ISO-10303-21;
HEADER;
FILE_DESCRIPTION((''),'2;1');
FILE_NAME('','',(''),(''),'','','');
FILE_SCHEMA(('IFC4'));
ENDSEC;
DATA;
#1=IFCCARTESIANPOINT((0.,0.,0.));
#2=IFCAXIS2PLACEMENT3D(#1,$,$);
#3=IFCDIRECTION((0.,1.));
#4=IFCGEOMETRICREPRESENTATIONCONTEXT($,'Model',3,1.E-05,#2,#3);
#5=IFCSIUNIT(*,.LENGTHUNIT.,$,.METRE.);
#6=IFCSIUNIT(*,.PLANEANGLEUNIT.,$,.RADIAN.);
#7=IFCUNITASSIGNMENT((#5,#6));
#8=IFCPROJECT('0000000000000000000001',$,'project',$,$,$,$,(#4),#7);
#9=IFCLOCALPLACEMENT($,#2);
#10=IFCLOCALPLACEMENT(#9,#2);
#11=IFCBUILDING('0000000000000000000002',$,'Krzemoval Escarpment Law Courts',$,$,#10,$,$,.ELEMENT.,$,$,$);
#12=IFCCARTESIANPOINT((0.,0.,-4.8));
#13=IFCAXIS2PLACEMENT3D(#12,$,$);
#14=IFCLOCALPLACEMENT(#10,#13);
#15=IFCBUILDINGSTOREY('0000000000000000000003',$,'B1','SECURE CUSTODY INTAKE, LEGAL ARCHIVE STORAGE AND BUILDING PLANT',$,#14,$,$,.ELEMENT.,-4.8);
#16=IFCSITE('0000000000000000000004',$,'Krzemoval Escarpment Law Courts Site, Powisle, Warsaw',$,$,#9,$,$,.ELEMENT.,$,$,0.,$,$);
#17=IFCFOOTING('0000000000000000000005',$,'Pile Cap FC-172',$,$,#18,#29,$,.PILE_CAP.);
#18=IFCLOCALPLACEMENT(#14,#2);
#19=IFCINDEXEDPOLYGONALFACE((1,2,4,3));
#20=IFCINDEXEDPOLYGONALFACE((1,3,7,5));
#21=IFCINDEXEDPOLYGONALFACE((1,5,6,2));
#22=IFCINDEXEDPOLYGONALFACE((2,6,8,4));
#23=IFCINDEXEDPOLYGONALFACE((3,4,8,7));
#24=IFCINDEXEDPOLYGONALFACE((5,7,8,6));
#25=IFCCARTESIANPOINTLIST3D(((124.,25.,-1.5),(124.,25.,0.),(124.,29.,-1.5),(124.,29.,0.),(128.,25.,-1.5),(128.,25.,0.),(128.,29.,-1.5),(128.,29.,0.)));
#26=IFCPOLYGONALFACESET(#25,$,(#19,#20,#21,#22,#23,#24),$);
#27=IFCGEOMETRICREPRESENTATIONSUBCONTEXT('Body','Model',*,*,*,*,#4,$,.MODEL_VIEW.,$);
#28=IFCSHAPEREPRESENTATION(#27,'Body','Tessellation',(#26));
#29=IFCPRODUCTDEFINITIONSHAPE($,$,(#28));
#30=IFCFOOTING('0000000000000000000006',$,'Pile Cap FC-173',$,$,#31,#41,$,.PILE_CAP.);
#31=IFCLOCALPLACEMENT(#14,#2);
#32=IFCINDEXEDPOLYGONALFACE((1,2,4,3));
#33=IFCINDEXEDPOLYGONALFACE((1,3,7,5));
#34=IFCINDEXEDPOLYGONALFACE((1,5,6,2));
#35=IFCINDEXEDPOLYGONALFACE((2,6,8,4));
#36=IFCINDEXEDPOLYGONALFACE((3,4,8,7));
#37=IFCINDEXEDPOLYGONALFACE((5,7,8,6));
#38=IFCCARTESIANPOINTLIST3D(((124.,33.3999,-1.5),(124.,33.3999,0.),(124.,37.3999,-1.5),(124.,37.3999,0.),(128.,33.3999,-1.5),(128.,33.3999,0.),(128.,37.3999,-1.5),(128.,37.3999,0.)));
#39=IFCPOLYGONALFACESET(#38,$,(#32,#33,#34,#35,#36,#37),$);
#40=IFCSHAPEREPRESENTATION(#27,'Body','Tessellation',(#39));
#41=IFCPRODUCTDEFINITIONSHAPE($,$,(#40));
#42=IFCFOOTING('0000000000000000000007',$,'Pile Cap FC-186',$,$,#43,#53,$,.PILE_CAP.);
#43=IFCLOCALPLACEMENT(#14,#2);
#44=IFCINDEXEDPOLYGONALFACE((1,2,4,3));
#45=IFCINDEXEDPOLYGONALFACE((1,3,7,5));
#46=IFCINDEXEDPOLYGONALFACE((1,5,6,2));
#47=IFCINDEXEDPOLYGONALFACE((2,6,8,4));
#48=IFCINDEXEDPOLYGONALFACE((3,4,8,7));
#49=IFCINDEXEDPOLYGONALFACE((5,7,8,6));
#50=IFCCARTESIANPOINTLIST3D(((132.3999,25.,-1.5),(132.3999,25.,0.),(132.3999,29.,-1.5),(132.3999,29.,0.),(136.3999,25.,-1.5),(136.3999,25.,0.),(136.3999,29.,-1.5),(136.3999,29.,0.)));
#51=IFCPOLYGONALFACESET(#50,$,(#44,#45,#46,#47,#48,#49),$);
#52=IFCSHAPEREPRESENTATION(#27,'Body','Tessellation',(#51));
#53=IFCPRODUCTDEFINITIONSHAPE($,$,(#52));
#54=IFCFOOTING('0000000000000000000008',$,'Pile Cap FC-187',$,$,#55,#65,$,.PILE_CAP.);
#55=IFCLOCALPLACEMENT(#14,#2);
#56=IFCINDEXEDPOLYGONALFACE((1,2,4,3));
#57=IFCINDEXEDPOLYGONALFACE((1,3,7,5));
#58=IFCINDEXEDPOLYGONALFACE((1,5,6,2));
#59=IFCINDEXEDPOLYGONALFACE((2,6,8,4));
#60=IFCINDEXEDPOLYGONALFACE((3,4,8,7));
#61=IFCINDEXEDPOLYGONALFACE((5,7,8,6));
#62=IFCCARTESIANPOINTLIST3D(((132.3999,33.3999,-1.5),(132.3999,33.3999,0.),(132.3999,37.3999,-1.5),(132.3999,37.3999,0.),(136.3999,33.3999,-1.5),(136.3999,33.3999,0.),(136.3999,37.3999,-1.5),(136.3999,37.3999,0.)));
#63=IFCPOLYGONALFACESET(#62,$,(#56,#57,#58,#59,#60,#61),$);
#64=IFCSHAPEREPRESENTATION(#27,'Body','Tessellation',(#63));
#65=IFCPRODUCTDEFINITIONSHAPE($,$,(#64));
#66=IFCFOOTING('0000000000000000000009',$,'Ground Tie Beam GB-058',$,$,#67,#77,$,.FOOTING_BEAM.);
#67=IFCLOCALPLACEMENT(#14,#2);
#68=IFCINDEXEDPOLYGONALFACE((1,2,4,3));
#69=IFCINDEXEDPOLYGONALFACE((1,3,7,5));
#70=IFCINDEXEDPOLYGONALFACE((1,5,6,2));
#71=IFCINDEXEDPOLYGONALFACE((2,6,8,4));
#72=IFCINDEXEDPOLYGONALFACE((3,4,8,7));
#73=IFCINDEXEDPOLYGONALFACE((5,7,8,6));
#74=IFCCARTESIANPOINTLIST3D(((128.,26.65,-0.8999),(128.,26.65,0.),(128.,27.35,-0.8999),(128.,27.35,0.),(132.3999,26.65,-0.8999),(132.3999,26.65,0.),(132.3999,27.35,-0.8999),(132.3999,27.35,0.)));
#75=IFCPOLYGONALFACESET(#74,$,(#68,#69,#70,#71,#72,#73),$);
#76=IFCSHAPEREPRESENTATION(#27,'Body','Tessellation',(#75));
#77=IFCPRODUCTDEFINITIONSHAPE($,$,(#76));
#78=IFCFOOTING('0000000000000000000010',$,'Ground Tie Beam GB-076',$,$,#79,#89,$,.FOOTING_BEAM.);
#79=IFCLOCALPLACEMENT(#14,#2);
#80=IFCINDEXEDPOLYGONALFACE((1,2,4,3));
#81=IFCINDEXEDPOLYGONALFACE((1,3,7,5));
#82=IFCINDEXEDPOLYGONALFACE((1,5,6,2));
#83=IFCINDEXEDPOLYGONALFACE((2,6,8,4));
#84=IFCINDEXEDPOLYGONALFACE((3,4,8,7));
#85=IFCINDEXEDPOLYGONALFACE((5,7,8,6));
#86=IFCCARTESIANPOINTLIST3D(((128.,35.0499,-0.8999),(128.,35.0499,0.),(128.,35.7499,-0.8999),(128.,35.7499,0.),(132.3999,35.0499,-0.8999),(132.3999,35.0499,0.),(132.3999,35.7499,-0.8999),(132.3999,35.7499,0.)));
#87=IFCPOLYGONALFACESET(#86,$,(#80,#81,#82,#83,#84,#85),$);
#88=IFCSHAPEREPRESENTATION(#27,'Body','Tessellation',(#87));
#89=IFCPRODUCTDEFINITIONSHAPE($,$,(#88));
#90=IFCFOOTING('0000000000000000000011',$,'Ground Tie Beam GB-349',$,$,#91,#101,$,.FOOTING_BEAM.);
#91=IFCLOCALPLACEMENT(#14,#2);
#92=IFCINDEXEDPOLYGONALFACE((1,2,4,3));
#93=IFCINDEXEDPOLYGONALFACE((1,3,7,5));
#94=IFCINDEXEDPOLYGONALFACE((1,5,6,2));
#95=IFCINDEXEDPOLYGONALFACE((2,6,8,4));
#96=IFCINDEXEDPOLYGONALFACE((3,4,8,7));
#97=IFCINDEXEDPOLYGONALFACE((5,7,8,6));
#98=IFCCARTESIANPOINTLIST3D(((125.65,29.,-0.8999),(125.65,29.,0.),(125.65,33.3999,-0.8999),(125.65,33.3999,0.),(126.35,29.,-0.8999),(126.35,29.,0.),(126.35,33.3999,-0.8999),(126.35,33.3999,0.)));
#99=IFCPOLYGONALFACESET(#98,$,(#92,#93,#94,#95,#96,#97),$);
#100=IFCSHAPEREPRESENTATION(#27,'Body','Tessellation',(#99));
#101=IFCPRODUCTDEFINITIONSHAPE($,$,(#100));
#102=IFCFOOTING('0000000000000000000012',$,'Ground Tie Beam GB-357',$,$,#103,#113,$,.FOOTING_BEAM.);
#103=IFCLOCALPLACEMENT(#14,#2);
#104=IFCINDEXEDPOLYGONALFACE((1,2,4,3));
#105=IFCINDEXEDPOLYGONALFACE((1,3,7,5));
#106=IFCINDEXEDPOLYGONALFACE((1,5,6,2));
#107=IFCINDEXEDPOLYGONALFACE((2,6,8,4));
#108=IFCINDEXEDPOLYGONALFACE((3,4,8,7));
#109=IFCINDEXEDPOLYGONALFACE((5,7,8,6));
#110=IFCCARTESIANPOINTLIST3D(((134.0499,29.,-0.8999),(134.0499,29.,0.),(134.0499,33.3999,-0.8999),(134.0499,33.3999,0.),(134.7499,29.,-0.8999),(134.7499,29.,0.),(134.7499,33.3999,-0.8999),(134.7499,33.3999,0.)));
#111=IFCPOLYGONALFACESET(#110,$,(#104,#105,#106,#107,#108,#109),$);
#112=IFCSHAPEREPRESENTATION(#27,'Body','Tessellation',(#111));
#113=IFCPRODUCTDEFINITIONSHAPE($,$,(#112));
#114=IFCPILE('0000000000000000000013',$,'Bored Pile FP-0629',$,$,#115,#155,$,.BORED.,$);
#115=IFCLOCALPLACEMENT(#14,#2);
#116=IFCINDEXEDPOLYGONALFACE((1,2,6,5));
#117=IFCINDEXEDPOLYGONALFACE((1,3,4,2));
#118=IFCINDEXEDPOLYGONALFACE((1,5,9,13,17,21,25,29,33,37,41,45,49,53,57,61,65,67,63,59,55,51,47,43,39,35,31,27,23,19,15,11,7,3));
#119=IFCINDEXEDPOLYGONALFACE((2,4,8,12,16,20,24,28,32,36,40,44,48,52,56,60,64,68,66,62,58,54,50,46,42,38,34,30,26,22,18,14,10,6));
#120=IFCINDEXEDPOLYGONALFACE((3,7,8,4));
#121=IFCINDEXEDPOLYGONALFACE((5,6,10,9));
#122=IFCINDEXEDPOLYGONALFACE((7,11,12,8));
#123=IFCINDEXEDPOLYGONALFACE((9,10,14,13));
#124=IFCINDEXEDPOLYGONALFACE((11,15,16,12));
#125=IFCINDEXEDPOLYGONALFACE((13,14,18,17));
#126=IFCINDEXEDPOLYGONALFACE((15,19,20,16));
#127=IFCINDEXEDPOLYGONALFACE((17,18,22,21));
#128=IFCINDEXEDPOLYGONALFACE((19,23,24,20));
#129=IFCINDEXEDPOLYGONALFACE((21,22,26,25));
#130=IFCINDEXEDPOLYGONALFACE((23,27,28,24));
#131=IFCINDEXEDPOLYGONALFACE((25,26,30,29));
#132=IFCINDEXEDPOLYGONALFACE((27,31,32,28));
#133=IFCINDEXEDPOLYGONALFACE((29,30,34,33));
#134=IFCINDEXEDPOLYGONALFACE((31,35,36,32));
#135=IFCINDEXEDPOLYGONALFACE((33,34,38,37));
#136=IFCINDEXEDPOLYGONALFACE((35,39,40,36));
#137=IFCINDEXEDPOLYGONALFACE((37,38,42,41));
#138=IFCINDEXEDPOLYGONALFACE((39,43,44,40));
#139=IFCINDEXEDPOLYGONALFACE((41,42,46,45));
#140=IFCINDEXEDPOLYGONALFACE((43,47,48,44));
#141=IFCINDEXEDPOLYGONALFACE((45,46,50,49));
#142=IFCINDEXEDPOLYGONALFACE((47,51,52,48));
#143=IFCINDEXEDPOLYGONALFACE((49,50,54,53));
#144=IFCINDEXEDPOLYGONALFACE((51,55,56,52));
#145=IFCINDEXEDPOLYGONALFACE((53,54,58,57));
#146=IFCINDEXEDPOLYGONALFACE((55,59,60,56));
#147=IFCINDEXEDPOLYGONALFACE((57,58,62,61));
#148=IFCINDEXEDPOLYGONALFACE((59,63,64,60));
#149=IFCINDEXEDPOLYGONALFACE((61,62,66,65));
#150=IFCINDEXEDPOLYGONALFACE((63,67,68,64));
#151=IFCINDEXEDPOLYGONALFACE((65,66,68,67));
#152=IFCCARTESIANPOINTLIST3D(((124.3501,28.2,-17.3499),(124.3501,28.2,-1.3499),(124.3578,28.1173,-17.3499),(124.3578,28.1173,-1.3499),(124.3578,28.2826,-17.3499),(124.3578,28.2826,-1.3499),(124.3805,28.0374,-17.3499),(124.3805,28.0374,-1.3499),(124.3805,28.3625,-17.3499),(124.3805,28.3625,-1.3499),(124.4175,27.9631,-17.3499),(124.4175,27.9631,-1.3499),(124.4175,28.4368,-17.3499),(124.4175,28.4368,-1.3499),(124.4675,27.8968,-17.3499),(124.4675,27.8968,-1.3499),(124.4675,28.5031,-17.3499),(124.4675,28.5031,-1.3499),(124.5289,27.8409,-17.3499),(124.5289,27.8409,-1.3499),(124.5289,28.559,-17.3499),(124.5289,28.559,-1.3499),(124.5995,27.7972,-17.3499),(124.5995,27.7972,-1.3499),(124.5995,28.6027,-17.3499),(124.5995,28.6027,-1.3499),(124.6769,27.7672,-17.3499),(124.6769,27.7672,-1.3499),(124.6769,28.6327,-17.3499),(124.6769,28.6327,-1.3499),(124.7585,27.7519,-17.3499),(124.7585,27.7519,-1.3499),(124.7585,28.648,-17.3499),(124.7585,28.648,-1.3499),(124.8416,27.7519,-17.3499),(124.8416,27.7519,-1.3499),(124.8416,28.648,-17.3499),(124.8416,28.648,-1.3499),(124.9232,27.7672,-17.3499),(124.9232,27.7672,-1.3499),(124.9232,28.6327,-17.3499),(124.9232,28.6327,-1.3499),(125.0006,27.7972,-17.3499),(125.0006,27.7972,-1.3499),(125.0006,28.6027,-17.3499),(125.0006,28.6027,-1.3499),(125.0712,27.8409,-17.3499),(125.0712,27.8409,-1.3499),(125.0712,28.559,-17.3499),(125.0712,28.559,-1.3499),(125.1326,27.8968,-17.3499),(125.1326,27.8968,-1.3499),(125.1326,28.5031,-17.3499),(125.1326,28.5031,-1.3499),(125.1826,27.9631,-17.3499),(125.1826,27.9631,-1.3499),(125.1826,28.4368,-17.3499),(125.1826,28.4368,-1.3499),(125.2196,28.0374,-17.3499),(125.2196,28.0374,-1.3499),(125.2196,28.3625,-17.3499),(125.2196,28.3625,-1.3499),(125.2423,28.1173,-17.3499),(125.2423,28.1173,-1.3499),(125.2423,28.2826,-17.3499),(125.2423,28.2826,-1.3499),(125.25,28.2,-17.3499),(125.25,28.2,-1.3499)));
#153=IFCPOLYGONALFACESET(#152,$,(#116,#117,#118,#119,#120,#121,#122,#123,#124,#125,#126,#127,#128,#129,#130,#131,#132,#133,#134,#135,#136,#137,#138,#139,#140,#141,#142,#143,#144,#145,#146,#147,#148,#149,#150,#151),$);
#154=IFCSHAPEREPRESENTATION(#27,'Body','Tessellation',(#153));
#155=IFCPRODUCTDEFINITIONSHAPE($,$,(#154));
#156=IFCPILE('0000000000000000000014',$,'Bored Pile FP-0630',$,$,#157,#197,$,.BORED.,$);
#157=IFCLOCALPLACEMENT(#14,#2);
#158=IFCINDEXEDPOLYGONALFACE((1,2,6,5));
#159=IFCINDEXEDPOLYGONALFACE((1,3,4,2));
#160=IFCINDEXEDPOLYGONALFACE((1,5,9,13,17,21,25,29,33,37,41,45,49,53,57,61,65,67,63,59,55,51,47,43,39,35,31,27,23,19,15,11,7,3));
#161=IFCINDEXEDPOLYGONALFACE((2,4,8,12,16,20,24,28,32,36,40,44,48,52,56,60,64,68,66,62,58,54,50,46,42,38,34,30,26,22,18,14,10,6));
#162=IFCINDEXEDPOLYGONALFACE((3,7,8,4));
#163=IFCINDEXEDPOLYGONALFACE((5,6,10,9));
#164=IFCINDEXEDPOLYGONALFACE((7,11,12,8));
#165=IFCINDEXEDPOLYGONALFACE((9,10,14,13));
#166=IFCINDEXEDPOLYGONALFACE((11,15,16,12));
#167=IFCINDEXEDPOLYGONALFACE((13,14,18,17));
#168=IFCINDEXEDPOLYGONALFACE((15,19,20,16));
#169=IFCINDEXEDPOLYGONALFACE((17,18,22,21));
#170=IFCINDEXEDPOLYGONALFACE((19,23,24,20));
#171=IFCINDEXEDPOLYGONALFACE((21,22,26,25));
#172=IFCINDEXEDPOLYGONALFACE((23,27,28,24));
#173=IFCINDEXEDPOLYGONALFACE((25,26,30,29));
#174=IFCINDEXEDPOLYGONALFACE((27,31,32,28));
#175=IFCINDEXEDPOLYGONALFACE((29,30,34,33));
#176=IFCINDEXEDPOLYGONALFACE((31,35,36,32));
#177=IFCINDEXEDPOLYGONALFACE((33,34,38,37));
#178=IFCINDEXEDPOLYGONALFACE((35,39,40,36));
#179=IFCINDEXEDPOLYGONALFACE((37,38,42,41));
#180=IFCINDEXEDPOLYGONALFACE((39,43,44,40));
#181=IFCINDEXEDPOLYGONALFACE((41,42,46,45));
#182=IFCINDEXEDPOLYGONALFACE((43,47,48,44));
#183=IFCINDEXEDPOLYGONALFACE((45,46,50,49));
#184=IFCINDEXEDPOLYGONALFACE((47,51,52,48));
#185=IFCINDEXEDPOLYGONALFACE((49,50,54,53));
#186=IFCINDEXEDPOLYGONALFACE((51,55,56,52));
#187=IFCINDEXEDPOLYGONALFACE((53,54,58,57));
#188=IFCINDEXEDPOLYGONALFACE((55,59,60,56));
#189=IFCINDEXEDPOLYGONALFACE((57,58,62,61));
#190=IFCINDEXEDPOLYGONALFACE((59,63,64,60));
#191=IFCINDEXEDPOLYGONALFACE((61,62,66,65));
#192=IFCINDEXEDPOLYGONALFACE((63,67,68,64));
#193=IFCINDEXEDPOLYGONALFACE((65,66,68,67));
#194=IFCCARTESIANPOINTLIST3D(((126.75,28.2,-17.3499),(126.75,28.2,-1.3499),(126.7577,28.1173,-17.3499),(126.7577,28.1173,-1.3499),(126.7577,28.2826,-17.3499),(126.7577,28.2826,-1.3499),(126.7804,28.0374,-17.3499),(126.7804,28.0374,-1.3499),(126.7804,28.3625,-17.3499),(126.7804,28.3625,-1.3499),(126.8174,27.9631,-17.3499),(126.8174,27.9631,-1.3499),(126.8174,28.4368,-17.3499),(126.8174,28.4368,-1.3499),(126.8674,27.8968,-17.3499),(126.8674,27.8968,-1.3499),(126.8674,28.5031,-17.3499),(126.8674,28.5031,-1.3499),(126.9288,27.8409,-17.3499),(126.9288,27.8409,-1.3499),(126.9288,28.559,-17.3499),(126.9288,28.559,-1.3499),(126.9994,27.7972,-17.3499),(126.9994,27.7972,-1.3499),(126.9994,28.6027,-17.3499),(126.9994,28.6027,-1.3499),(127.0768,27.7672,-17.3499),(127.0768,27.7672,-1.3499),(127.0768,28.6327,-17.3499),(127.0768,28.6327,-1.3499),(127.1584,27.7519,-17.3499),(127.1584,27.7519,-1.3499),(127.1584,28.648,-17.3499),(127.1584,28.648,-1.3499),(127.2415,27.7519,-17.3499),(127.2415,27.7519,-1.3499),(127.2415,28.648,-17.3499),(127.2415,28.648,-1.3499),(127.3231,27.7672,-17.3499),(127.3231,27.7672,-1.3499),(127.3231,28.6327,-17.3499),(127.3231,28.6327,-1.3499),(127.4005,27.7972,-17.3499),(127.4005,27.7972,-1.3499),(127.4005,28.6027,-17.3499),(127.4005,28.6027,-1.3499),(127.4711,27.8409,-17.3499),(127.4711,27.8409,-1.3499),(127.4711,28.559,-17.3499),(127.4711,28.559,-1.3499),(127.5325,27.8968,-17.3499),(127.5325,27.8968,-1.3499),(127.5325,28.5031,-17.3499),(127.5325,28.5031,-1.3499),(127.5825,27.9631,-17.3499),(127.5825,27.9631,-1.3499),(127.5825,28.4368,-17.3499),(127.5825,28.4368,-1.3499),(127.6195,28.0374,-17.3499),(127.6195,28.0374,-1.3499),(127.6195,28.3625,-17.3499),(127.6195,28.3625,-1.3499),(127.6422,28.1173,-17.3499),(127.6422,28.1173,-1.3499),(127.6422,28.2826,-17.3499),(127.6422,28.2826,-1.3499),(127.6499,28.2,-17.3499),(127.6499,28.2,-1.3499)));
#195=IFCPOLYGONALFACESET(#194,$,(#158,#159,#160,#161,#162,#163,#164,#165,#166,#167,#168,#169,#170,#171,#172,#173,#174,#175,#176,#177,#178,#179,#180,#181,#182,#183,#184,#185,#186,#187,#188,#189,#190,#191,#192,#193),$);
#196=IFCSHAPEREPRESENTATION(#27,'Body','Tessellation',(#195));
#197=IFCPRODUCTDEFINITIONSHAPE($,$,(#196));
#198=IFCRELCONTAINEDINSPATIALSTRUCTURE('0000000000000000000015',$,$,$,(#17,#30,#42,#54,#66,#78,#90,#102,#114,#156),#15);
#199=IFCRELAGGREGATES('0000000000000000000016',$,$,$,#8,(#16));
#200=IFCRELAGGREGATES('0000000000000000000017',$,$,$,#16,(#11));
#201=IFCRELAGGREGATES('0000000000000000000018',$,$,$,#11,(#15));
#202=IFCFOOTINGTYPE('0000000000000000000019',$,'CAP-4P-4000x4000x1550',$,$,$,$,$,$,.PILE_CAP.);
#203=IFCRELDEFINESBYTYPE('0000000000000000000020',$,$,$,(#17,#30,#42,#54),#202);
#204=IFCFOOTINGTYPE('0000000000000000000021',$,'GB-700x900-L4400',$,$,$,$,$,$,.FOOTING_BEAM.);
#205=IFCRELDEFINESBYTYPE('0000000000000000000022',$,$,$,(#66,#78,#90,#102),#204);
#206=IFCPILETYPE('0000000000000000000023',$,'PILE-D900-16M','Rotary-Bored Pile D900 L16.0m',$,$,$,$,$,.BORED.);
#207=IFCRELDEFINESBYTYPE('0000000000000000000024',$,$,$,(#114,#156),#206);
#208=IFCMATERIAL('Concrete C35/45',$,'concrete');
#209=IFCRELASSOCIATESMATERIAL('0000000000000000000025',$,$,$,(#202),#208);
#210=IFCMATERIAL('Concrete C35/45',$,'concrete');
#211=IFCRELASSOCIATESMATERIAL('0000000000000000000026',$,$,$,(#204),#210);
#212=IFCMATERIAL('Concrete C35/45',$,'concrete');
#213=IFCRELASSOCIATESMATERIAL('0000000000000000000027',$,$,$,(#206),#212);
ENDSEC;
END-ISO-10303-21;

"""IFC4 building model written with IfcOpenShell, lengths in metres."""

from ifc_helpers import new_model, si_unit, direction, frame, origin, origin_2d, place, context, subcontext, project, spatial, rectangle, circle, extrude, material, material_profile, profile_set, type_object, element, save


model = new_model("IFC4")

# Units and contexts
model_context = context("Model", 3, precision=1e-05, world=origin(), true_north=direction((0.0, 1.0)))
body_context = subcontext(model_context, "Body", "Model", "MODEL_VIEW")
ifc_project = project(units=[si_unit("LENGTHUNIT", "METRE"), si_unit("PLANEANGLEUNIT", "RADIAN")], contexts=[model_context])

# Site, building, storey
site_placement = place(None, origin())
site = spatial("IfcSite", under=ifc_project, at=site_placement, Name="Krzemoval Escarpment Law Courts Site, Powisle, Warsaw", CompositionType="ELEMENT", RefElevation=0.0)
building_placement = place(site_placement, origin())
building = spatial("IfcBuilding", under=site, at=building_placement, Name="Krzemoval Escarpment Law Courts", CompositionType="ELEMENT")
storey_placement = place(building_placement, frame((0.0, 0.0, -4.8)))
storey = spatial("IfcBuildingStorey", under=building, at=storey_placement, Name="B1", Description="SECURE CUSTODY INTAKE, LEGAL ARCHIVE STORAGE AND BUILDING PLANT", CompositionType="ELEMENT", Elevation=-4.8)

# Footings
ifc_material_1 = material(Name="Concrete C35/45", Category="concrete")
footing_type_1 = type_object("IfcFootingType", Name="CAP-4P-4000x4000x1550", PredefinedType="PILE_CAP", material=ifc_material_1)
for number, where, z_axis, x_axis, name in (
    (1, (126.0, 27.0, -1.5), (0.0, 0.0, 1.0), (1.0, 0.0, 0.0), "Pile Cap FC-172"),
    (2, (126.0, 35.3999, -1.5), (0.0, 0.0, 1.0), (1.0, 0.0, 0.0), "Pile Cap FC-173"),
    (3, (134.3999, 27.0, -1.5), (0.0, 0.0, 1.0), (1.0, 0.0, 0.0), "Pile Cap FC-186"),
    (4, (134.3999, 35.3999, -1.5), (0.0, 0.0, 1.0), (1.0, 0.0, 0.0), "Pile Cap FC-187"),
):
    element("IfcFooting", number, at=place(storey_placement, frame(where, z_axis=z_axis, x_axis=x_axis)), inside=storey, type_object=footing_type_1, Name=name, PredefinedType="PILE_CAP", context=body_context, shape_type="SweptSolid", body=[
        extrude(rectangle(XDim=4.0, YDim=4.0, at=origin_2d()), origin(), (0.0, 0.0, 1.0), 1.5),
    ])
ifc_material_2 = material(Name="Concrete C35/45", Category="concrete")
footing_type_2 = type_object("IfcFootingType", Name="GB-700x900-L4400", PredefinedType="FOOTING_BEAM", material=ifc_material_2)
for number, where, z_axis, x_axis, name in (
    (5, (130.2, 27.0, -0.8999), (0.0, 0.0, 1.0), (1.0, 0.0, 0.0), "Ground Tie Beam GB-058"),
    (6, (130.2, 35.3999, -0.8999), (0.0, 0.0, 1.0), (1.0, 0.0, 0.0), "Ground Tie Beam GB-076"),
    (7, (126.0, 31.2, -0.8999), (0.0, 0.0, 1.0), (0.0, 1.0, 0.0), "Ground Tie Beam GB-349"),
    (8, (134.3999, 31.2, -0.8999), (0.0, 0.0, 1.0), (0.0, 1.0, 0.0), "Ground Tie Beam GB-357"),
):
    element("IfcFooting", number, at=place(storey_placement, frame(where, z_axis=z_axis, x_axis=x_axis)), inside=storey, type_object=footing_type_2, Name=name, PredefinedType="FOOTING_BEAM", context=body_context, shape_type="SweptSolid", body=[
        extrude(rectangle(XDim=4.3999, YDim=0.7, at=origin_2d()), origin(), (0.0, 0.0, 1.0), 0.8999),
    ])

# Piles
ifc_material_3 = material(Name="Concrete C35/45", Category="concrete")
ifc_material_profile_1 = material_profile(ifc_material_3, circle(Radius=0.45, at=origin_2d()), Name="PILE D900")
ifc_profile_set_1 = profile_set([ifc_material_profile_1], Name="Concrete C35/45")
pile_type = type_object("IfcPileType", Name="PILE-D900-16M", Description="Rotary-Bored Pile D900 L16.0m", PredefinedType="BORED", material=ifc_profile_set_1)
for number, where, z_axis, x_axis, name in (
    (9, (124.8, 28.2, -1.3499), (0.0, 0.0, -1.0), (1.0, 0.0, 0.0), "Bored Pile FP-0629"),
    (10, (127.2, 28.2, -1.3499), (0.0, 0.0, -1.0), (1.0, 0.0, 0.0), "Bored Pile FP-0630"),
):
    element("IfcPile", number, at=place(storey_placement, frame(where, z_axis=z_axis, x_axis=x_axis)), inside=storey, type_object=pile_type, Name=name, PredefinedType="BORED", context=body_context, shape_type="SweptSolid", body=[
        extrude(circle(Radius=0.45, at=origin_2d()), origin(), (0.0, 0.0, 1.0), 16.0),
    ])

save(model, "model.ifc")
